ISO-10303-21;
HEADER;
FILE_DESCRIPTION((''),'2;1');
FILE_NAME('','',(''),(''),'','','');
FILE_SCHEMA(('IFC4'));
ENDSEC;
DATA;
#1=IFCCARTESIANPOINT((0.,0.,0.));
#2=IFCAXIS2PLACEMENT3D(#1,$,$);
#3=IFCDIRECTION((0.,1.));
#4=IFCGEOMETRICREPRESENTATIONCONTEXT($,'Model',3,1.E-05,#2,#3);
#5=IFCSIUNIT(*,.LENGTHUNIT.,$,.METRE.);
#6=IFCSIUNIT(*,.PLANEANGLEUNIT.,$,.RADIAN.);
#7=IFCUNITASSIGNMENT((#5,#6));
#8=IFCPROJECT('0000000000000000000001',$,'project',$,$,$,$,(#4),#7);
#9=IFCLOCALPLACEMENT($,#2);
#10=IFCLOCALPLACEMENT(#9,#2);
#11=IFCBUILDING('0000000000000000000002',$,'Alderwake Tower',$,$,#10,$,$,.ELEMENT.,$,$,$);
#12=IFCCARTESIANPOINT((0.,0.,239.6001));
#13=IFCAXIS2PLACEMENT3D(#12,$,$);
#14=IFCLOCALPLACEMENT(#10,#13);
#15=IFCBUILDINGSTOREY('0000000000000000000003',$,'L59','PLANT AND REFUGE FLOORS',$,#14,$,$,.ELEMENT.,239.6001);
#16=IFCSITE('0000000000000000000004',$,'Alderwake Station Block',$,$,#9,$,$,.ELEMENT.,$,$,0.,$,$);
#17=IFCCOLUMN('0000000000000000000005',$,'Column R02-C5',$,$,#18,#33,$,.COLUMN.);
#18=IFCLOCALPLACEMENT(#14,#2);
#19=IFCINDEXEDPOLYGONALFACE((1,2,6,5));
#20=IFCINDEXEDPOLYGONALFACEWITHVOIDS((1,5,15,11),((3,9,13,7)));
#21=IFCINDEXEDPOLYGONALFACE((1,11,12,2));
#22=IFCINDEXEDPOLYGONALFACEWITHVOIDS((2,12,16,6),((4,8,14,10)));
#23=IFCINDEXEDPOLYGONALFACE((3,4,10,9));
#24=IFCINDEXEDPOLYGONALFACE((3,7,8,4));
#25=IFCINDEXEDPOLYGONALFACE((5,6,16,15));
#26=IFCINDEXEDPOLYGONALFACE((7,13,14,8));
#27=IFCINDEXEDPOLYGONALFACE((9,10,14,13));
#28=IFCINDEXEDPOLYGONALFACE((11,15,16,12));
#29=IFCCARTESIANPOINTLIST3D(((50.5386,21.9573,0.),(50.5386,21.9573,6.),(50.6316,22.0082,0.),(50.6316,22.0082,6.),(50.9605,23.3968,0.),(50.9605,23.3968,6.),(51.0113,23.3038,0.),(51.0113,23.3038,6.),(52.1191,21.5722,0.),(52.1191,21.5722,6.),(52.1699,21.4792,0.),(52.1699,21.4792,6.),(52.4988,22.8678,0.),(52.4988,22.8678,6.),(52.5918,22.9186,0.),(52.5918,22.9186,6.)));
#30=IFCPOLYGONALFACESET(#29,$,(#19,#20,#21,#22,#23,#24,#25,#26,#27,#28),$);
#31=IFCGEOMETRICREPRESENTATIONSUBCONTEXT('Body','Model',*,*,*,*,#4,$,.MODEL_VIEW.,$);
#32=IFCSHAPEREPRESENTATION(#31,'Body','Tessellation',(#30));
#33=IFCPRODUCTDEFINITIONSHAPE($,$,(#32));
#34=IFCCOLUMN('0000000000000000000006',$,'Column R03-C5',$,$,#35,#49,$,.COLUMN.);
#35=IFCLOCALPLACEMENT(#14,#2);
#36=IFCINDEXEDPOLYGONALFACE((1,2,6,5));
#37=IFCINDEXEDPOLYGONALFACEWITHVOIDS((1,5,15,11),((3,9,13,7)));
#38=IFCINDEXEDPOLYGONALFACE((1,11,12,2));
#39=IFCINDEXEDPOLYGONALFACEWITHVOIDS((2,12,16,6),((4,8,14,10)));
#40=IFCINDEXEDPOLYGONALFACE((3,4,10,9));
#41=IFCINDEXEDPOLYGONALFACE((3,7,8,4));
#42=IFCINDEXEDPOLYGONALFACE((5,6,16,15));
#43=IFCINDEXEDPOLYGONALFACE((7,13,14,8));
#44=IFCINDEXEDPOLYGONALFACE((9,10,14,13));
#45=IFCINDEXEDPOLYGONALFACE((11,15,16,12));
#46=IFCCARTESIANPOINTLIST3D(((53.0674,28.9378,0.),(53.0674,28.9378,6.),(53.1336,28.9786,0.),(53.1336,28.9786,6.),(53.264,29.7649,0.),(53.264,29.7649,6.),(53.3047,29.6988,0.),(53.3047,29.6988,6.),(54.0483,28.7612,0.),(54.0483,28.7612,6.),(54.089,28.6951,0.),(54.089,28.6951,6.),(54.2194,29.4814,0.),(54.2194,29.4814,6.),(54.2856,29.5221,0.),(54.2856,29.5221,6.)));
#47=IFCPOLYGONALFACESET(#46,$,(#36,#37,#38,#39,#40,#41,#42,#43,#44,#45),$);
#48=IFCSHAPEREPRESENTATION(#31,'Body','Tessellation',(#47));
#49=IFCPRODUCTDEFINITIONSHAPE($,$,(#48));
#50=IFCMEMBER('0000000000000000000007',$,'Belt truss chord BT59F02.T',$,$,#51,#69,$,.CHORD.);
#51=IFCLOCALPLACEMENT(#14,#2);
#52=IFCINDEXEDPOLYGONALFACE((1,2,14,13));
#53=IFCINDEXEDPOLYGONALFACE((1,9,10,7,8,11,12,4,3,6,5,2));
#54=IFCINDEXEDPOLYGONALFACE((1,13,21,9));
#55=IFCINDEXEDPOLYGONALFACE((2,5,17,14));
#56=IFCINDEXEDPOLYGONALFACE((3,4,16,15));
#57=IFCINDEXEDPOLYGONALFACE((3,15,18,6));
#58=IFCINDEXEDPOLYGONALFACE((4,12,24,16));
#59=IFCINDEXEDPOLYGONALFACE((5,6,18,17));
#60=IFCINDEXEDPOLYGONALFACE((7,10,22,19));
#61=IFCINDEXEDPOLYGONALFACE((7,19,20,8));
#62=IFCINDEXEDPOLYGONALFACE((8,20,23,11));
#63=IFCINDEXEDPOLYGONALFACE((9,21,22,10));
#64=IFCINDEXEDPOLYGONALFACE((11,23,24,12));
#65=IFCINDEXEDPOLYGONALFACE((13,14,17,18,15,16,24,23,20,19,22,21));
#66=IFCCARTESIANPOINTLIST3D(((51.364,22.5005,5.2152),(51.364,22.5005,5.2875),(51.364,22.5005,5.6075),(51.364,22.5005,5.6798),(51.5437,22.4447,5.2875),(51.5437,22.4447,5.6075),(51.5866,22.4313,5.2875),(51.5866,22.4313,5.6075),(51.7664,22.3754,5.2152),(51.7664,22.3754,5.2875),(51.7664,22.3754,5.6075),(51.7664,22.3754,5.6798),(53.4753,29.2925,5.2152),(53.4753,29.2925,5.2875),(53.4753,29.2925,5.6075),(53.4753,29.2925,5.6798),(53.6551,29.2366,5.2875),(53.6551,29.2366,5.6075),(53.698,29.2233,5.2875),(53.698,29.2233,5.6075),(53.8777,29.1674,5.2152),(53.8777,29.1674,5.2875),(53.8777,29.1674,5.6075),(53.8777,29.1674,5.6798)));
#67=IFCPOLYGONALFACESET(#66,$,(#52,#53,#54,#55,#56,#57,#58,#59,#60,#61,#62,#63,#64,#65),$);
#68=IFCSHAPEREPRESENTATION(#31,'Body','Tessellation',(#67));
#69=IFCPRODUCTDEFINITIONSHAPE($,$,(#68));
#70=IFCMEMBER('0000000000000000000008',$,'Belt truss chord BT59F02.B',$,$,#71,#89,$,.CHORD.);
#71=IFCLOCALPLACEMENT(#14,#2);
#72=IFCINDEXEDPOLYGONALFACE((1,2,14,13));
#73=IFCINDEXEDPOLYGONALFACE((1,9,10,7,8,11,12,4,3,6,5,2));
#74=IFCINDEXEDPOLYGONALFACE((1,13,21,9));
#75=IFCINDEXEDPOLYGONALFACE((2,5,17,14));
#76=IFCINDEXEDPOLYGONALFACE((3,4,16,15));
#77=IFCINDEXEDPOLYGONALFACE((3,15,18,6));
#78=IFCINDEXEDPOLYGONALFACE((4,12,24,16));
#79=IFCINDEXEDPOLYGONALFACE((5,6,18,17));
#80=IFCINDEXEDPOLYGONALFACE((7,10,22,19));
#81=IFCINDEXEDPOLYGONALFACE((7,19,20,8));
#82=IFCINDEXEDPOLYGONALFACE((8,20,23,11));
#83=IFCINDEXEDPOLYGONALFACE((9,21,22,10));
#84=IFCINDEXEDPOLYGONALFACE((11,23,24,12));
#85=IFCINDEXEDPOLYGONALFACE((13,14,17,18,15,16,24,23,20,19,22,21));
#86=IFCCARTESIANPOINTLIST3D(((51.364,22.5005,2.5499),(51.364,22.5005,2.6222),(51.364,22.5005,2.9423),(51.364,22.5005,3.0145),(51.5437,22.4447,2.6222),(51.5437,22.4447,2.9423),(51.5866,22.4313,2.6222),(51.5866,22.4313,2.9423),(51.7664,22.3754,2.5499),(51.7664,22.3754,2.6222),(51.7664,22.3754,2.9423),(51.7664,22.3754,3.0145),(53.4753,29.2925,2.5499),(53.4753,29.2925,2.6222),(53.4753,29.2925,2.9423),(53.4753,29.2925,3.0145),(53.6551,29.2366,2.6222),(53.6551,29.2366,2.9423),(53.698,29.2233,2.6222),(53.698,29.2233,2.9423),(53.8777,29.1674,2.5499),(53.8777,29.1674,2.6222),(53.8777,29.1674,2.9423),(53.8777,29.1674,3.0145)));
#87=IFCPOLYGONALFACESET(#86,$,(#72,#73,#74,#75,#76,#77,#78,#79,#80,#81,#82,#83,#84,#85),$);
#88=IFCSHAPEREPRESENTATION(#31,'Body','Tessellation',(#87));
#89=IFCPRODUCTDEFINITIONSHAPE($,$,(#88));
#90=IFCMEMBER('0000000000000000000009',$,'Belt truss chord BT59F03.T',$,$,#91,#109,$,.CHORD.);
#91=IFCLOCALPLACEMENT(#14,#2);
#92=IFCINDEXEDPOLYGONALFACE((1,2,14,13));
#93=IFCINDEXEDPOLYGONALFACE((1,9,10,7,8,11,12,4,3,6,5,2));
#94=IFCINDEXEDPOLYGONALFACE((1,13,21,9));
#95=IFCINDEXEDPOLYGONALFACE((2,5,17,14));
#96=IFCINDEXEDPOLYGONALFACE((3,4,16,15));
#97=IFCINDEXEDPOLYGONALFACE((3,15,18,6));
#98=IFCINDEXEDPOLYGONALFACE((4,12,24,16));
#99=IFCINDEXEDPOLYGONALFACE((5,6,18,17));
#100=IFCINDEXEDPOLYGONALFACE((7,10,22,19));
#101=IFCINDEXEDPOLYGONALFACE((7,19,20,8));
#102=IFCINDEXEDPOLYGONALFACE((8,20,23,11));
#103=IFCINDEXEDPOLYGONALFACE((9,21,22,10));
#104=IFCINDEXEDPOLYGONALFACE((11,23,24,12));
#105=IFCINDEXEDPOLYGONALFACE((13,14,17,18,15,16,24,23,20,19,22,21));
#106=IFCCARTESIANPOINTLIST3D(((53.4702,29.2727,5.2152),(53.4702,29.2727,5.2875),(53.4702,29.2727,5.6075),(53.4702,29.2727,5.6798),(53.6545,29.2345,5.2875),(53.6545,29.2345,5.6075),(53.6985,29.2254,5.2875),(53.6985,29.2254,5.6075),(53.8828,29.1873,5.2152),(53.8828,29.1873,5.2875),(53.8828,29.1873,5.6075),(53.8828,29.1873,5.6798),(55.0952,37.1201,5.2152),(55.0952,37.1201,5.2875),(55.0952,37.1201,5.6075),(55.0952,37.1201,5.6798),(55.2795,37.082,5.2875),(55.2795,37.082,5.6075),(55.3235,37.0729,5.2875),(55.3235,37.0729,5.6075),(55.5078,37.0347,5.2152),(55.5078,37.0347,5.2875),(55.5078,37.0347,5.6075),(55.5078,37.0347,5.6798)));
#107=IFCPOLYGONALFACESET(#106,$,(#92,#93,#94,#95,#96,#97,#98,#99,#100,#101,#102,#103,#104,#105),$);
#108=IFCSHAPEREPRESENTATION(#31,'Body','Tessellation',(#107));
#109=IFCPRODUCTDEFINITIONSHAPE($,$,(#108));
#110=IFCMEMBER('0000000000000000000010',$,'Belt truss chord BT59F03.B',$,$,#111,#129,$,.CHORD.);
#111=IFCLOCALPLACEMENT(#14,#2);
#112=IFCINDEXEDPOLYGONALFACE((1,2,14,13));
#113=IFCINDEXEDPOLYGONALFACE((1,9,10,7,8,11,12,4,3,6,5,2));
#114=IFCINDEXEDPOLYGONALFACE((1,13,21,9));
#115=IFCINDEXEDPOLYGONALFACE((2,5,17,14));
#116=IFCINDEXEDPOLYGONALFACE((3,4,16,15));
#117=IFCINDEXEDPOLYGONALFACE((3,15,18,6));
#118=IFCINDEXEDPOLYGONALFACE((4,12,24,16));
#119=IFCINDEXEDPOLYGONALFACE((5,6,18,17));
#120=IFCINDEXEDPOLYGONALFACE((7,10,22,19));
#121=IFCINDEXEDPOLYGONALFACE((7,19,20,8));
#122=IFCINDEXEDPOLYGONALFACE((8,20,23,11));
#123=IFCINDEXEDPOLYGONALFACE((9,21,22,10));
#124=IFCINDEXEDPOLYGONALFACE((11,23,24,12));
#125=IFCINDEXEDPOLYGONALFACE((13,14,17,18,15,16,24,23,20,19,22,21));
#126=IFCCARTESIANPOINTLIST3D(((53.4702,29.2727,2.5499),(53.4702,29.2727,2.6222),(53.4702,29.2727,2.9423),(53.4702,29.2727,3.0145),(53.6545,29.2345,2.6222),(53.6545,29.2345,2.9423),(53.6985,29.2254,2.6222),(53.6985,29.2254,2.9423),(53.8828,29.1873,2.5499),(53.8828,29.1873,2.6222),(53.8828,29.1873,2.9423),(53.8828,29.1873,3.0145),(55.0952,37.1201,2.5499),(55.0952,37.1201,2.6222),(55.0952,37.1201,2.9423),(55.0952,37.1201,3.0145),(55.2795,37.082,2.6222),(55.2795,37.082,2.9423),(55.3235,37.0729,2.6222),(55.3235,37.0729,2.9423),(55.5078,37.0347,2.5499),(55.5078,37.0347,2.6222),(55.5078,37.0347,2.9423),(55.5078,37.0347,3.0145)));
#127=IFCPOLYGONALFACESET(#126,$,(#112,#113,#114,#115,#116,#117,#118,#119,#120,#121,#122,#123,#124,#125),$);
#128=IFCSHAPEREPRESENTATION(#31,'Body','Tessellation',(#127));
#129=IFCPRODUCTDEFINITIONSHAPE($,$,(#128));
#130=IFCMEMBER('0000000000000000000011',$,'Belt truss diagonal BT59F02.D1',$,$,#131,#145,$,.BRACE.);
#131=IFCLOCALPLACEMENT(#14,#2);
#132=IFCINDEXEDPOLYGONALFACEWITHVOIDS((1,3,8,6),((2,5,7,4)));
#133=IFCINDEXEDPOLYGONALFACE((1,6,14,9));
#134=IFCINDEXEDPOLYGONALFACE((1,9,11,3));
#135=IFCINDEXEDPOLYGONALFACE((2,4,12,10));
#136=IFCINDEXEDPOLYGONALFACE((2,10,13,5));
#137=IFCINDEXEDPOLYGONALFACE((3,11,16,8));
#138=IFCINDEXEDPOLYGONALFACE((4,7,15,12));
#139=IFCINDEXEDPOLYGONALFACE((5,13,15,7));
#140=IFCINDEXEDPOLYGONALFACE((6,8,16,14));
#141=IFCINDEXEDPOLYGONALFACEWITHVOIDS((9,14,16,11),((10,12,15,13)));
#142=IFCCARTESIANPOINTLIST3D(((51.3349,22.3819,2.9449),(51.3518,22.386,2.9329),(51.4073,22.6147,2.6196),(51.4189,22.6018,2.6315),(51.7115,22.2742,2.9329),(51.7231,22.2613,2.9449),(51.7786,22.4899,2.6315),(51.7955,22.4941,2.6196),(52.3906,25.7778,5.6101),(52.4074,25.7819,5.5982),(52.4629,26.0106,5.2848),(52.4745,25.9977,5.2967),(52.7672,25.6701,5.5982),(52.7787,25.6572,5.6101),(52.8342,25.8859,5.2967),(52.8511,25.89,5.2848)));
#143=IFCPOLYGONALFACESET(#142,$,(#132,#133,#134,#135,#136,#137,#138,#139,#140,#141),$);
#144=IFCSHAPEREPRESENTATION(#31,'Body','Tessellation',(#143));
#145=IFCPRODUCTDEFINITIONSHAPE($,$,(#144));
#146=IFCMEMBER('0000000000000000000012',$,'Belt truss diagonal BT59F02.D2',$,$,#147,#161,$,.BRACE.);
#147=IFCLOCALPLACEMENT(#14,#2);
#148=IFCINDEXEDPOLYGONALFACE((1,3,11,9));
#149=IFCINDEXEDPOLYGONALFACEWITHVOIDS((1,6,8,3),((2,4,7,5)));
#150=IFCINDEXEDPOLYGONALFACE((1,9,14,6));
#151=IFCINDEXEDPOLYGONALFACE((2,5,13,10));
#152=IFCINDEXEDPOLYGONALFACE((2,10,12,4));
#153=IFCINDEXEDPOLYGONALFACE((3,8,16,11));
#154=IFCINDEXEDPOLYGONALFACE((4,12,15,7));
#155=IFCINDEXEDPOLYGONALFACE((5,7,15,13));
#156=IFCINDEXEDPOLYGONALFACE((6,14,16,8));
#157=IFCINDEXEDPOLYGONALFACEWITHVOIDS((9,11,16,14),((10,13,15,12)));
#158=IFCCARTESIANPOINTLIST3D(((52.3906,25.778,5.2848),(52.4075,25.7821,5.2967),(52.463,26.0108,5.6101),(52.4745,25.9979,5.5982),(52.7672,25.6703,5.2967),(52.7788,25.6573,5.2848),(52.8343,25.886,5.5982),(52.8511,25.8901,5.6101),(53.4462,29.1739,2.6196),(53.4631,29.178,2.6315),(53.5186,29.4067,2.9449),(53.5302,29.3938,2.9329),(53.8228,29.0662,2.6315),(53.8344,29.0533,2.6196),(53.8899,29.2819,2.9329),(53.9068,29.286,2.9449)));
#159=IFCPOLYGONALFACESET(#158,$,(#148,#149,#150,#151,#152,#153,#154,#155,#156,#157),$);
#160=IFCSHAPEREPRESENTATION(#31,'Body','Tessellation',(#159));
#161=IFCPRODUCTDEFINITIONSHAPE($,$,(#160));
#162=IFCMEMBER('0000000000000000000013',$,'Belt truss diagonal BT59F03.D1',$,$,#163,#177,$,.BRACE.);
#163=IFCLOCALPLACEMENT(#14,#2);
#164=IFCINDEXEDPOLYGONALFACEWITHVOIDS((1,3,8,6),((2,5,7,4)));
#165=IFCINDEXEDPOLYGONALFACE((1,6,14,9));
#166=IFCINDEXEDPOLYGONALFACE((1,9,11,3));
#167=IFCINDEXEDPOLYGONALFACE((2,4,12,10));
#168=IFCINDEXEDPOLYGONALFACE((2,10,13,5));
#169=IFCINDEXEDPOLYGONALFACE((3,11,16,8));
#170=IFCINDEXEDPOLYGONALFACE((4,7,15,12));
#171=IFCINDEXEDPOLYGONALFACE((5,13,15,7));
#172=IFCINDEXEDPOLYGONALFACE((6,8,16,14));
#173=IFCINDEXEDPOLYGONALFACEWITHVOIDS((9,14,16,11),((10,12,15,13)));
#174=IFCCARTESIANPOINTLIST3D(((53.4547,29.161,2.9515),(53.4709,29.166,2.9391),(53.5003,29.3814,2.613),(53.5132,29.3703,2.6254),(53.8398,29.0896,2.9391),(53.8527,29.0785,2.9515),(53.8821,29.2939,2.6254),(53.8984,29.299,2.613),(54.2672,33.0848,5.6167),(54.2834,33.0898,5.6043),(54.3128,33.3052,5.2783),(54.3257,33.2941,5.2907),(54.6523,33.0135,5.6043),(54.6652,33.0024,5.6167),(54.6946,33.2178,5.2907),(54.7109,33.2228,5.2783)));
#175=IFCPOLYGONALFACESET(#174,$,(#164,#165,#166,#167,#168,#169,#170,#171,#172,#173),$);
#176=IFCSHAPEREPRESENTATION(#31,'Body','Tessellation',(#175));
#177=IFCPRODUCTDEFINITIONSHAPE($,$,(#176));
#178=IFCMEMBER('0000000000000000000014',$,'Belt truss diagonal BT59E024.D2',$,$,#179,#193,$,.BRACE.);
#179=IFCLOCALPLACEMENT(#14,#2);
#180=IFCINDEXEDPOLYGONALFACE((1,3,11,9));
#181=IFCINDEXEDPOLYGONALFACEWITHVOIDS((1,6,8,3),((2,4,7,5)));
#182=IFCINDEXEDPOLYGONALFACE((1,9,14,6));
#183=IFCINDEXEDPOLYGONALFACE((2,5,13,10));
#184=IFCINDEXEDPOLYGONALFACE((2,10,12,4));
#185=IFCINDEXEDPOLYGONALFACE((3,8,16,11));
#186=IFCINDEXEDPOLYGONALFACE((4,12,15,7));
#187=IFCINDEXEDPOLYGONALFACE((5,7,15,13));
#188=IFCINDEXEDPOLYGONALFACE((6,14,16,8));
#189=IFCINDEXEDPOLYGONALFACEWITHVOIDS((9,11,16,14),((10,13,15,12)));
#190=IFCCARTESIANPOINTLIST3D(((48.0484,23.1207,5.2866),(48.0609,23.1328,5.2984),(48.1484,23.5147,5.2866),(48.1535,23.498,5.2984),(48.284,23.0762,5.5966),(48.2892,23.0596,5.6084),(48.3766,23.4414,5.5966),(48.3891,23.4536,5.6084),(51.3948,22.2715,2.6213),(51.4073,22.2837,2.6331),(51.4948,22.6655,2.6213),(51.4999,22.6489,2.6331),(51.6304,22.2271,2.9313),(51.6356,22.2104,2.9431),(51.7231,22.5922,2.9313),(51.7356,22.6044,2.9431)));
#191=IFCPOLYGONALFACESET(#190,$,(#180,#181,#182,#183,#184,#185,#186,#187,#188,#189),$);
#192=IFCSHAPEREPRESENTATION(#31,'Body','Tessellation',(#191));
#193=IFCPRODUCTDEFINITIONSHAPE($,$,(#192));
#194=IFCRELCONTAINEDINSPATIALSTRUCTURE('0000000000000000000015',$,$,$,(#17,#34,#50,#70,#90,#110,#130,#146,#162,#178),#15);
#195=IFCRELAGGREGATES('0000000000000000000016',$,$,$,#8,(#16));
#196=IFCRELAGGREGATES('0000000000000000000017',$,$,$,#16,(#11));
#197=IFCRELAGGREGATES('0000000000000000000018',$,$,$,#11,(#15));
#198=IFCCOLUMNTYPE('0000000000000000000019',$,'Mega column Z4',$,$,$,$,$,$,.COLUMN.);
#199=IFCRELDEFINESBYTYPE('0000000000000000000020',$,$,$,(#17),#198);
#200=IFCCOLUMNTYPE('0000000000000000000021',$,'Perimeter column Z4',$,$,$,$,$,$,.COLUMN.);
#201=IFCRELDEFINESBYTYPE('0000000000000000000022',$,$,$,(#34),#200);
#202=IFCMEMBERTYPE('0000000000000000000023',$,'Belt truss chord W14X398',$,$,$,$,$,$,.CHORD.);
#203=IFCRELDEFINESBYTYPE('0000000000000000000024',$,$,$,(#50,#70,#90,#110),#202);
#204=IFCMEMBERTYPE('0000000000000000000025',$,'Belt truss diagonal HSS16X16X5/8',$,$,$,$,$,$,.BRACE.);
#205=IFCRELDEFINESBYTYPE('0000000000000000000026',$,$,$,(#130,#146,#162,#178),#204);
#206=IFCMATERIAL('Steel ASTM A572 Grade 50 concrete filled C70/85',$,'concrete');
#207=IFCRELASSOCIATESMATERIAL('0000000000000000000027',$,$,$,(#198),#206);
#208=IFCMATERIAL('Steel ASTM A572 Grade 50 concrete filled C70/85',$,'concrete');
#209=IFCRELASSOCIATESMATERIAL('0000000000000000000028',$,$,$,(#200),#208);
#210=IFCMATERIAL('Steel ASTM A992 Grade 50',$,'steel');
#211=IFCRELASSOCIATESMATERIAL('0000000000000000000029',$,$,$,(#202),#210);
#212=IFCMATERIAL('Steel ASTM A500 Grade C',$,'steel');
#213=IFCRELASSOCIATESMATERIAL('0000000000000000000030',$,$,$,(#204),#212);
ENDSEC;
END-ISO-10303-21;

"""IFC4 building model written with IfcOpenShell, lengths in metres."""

from ifc_helpers import new_model, si_unit, direction, frame, origin, origin_2d, place, context, subcontext, project, spatial, hollow_rectangle, i_section, extrude, material, material_profile, profile_set, type_object, element, save


model = new_model("IFC4")

# Units and contexts
model_context = context("Model", 3, precision=1e-05, world=origin(), true_north=direction((0.0, 1.0)))
body_context = subcontext(model_context, "Body", "Model", "MODEL_VIEW")
ifc_project = project(units=[si_unit("LENGTHUNIT", "METRE"), si_unit("PLANEANGLEUNIT", "RADIAN")], contexts=[model_context])

# Site, building, storey
site_placement = place(None, origin())
site = spatial("IfcSite", under=ifc_project, at=site_placement, Name="Alderwake Station Block", CompositionType="ELEMENT", RefElevation=0.0)
building_placement = place(site_placement, origin())
building = spatial("IfcBuilding", under=site, at=building_placement, Name="Alderwake Tower", CompositionType="ELEMENT")
storey_placement = place(building_placement, frame((0.0, 0.0, 239.6001)))
storey = spatial("IfcBuildingStorey", under=building, at=storey_placement, Name="L59", Description="PLANT AND REFUGE FLOORS", CompositionType="ELEMENT", Elevation=239.6001)

# Columns
ifc_material_1 = material(Name="Steel ASTM A572 Grade 50 concrete filled C70/85", Category="concrete")
ifc_material_profile_1 = material_profile(ifc_material_1, hollow_rectangle(XDim=1.5, YDim=1.7, WallThickness=0.075, at=origin_2d()), Name="BOX 1700X1500X75")
ifc_profile_set_1 = profile_set([ifc_material_profile_1], Name="Steel ASTM A572 Grade 50 concrete filled C70/85")
column_type_1 = type_object("IfcColumnType", Name="Mega column Z4", PredefinedType="COLUMN", material=ifc_profile_set_1)
column_1_placement = place(storey_placement, frame((51.5652, 22.438, 0.0), z_axis=(0.0, 0.0, 1.0), x_axis=(0.28127, 0.959629, 0.0)))
element("IfcColumn", 1, at=column_1_placement, inside=storey, type_object=column_type_1, Name="Column R02-C5", PredefinedType="COLUMN", context=body_context, shape_type="SweptSolid", body=[
    extrude(hollow_rectangle(XDim=1.5, YDim=1.7, WallThickness=0.075, at=origin_2d()), origin(), (0.0, 0.0, 1.0), 6.0),
])
ifc_material_2 = material(Name="Steel ASTM A572 Grade 50 concrete filled C70/85", Category="concrete")
ifc_material_profile_2 = material_profile(ifc_material_2, hollow_rectangle(XDim=0.8501, YDim=1.05, WallThickness=0.0549, at=origin_2d()), Name="BOX 1050X850X55")
ifc_profile_set_2 = profile_set([ifc_material_profile_2], Name="Steel ASTM A572 Grade 50 concrete filled C70/85")
column_type_2 = type_object("IfcColumnType", Name="Perimeter column Z4", PredefinedType="COLUMN", material=ifc_profile_set_2)
column_2_placement = place(storey_placement, frame((53.6765, 29.23, 0.0), z_axis=(0.0, 0.0, 1.0), x_axis=(0.231222, 0.972901, 0.0)))
element("IfcColumn", 2, at=column_2_placement, inside=storey, type_object=column_type_2, Name="Column R03-C5", PredefinedType="COLUMN", context=body_context, shape_type="SweptSolid", body=[
    extrude(hollow_rectangle(XDim=0.8501, YDim=1.05, WallThickness=0.0549, at=origin_2d()), origin(), (0.0, 0.0, 1.0), 6.0),
])

# Members
ifc_material_3 = material(Name="Steel ASTM A992 Grade 50", Category="steel")
ifc_material_profile_3 = material_profile(ifc_material_3, i_section(OverallWidth=0.4214, OverallDepth=0.4646, WebThickness=0.0449, FlangeThickness=0.0723, at=origin_2d()), Name="W14X398")
ifc_profile_set_3 = profile_set([ifc_material_profile_3], Name="Steel ASTM A992 Grade 50")
member_type_1 = type_object("IfcMemberType", Name="Belt truss chord W14X398", PredefinedType="CHORD", material=ifc_profile_set_3)
for number, where, z_axis, x_axis, name in (
    (3, (51.5652, 22.438, 5.4475), (0.296844, 0.954926, 0.0), (-0.954926, 0.296844, 0.0), "Belt truss chord BT59F02.T"),
    (4, (51.5652, 22.438, 2.7822), (0.296844, 0.954926, 0.0), (-0.954926, 0.296844, 0.0), "Belt truss chord BT59F02.B"),
):
    element("IfcMember", number, at=place(storey_placement, frame(where, z_axis=z_axis, x_axis=x_axis)), inside=storey, type_object=member_type_1, Name=name, PredefinedType="CHORD", context=body_context, shape_type="SweptSolid", body=[
        extrude(i_section(OverallWidth=0.4214, OverallDepth=0.4646, WebThickness=0.0449, FlangeThickness=0.0723, at=origin_2d()), origin(), (0.0, 0.0, 1.0), 7.1125),
    ])
for number, where, z_axis, x_axis, name in (
    (5, (53.6765, 29.23, 5.4475), (0.202773, 0.979226, 0.0), (-0.979226, 0.202773, 0.0), "Belt truss chord BT59F03.T"),
    (6, (53.6765, 29.23, 2.7822), (0.202773, 0.979226, 0.0), (-0.979226, 0.202773, 0.0), "Belt truss chord BT59F03.B"),
):
    element("IfcMember", number, at=place(storey_placement, frame(where, z_axis=z_axis, x_axis=x_axis)), inside=storey, type_object=member_type_1, Name=name, PredefinedType="CHORD", context=body_context, shape_type="SweptSolid", body=[
        extrude(i_section(OverallWidth=0.4214, OverallDepth=0.4646, WebThickness=0.0449, FlangeThickness=0.0723, at=origin_2d()), origin(), (0.0, 0.0, 1.0), 8.0139),
    ])
ifc_material_4 = material(Name="Steel ASTM A500 Grade C", Category="steel")
ifc_material_profile_4 = material_profile(ifc_material_4, hollow_rectangle(XDim=0.4065, YDim=0.4065, WallThickness=0.0149, at=origin_2d()), Name="HSS16X16X5/8")
ifc_profile_set_4 = profile_set([ifc_material_profile_4], Name="Steel ASTM A500 Grade C")
member_type_2 = type_object("IfcMemberType", Name="Belt truss diagonal HSS16X16X5/8", PredefinedType="BRACE", material=ifc_profile_set_4)
for number, where, z_axis, x_axis, name in (
    (7, (51.5652, 22.438, 2.7822), (0.237537, 0.76414, 0.599721), (-0.954926, 0.296844, 0.0), "Belt truss diagonal BT59F02.D1"),
    (8, (53.6765, 29.23, 2.7822), (-0.237537, -0.76414, 0.599721), (0.954926, -0.296844, 0.0), "Belt truss diagonal BT59F02.D2"),
):
    element("IfcMember", number, at=place(storey_placement, frame(where, z_axis=z_axis, x_axis=x_axis)), inside=storey, type_object=member_type_2, Name=name, PredefinedType="BRACE", context=body_context, shape_type="SweptSolid", body=[
        extrude(hollow_rectangle(XDim=0.4065, YDim=0.4065, WallThickness=0.0149, at=origin_2d()), origin(), (0.0, 0.0, 1.0), 4.4441),
    ])
member_1_placement = place(storey_placement, frame((53.6765, 29.23, 2.7822), z_axis=(0.168831, 0.815338, 0.553823), x_axis=(-0.979227, 0.202767, 0.0)))
element("IfcMember", 9, at=member_1_placement, inside=storey, type_object=member_type_2, Name="Belt truss diagonal BT59F03.D1", PredefinedType="BRACE", context=body_context, shape_type="SweptSolid", body=[
    extrude(hollow_rectangle(XDim=0.4065, YDim=0.4065, WallThickness=0.0149, at=origin_2d()), origin(), (0.0, 0.0, 1.0), 4.8125),
])
member_2_placement = place(storey_placement, frame((51.5652, 22.438, 2.7822), z_axis=(-0.767253, 0.194682, 0.611082), x_axis=(-0.245945, -0.969284, 0.0)))
element("IfcMember", 10, at=member_2_placement, inside=storey, type_object=member_type_2, Name="Belt truss diagonal BT59E024.D2", PredefinedType="BRACE", context=body_context, shape_type="SweptSolid", body=[
    extrude(hollow_rectangle(XDim=0.4065, YDim=0.4065, WallThickness=0.0149, at=origin_2d()), origin(), (0.0, 0.0, 1.0), 4.3616),
])

save(model, "model.ifc")
